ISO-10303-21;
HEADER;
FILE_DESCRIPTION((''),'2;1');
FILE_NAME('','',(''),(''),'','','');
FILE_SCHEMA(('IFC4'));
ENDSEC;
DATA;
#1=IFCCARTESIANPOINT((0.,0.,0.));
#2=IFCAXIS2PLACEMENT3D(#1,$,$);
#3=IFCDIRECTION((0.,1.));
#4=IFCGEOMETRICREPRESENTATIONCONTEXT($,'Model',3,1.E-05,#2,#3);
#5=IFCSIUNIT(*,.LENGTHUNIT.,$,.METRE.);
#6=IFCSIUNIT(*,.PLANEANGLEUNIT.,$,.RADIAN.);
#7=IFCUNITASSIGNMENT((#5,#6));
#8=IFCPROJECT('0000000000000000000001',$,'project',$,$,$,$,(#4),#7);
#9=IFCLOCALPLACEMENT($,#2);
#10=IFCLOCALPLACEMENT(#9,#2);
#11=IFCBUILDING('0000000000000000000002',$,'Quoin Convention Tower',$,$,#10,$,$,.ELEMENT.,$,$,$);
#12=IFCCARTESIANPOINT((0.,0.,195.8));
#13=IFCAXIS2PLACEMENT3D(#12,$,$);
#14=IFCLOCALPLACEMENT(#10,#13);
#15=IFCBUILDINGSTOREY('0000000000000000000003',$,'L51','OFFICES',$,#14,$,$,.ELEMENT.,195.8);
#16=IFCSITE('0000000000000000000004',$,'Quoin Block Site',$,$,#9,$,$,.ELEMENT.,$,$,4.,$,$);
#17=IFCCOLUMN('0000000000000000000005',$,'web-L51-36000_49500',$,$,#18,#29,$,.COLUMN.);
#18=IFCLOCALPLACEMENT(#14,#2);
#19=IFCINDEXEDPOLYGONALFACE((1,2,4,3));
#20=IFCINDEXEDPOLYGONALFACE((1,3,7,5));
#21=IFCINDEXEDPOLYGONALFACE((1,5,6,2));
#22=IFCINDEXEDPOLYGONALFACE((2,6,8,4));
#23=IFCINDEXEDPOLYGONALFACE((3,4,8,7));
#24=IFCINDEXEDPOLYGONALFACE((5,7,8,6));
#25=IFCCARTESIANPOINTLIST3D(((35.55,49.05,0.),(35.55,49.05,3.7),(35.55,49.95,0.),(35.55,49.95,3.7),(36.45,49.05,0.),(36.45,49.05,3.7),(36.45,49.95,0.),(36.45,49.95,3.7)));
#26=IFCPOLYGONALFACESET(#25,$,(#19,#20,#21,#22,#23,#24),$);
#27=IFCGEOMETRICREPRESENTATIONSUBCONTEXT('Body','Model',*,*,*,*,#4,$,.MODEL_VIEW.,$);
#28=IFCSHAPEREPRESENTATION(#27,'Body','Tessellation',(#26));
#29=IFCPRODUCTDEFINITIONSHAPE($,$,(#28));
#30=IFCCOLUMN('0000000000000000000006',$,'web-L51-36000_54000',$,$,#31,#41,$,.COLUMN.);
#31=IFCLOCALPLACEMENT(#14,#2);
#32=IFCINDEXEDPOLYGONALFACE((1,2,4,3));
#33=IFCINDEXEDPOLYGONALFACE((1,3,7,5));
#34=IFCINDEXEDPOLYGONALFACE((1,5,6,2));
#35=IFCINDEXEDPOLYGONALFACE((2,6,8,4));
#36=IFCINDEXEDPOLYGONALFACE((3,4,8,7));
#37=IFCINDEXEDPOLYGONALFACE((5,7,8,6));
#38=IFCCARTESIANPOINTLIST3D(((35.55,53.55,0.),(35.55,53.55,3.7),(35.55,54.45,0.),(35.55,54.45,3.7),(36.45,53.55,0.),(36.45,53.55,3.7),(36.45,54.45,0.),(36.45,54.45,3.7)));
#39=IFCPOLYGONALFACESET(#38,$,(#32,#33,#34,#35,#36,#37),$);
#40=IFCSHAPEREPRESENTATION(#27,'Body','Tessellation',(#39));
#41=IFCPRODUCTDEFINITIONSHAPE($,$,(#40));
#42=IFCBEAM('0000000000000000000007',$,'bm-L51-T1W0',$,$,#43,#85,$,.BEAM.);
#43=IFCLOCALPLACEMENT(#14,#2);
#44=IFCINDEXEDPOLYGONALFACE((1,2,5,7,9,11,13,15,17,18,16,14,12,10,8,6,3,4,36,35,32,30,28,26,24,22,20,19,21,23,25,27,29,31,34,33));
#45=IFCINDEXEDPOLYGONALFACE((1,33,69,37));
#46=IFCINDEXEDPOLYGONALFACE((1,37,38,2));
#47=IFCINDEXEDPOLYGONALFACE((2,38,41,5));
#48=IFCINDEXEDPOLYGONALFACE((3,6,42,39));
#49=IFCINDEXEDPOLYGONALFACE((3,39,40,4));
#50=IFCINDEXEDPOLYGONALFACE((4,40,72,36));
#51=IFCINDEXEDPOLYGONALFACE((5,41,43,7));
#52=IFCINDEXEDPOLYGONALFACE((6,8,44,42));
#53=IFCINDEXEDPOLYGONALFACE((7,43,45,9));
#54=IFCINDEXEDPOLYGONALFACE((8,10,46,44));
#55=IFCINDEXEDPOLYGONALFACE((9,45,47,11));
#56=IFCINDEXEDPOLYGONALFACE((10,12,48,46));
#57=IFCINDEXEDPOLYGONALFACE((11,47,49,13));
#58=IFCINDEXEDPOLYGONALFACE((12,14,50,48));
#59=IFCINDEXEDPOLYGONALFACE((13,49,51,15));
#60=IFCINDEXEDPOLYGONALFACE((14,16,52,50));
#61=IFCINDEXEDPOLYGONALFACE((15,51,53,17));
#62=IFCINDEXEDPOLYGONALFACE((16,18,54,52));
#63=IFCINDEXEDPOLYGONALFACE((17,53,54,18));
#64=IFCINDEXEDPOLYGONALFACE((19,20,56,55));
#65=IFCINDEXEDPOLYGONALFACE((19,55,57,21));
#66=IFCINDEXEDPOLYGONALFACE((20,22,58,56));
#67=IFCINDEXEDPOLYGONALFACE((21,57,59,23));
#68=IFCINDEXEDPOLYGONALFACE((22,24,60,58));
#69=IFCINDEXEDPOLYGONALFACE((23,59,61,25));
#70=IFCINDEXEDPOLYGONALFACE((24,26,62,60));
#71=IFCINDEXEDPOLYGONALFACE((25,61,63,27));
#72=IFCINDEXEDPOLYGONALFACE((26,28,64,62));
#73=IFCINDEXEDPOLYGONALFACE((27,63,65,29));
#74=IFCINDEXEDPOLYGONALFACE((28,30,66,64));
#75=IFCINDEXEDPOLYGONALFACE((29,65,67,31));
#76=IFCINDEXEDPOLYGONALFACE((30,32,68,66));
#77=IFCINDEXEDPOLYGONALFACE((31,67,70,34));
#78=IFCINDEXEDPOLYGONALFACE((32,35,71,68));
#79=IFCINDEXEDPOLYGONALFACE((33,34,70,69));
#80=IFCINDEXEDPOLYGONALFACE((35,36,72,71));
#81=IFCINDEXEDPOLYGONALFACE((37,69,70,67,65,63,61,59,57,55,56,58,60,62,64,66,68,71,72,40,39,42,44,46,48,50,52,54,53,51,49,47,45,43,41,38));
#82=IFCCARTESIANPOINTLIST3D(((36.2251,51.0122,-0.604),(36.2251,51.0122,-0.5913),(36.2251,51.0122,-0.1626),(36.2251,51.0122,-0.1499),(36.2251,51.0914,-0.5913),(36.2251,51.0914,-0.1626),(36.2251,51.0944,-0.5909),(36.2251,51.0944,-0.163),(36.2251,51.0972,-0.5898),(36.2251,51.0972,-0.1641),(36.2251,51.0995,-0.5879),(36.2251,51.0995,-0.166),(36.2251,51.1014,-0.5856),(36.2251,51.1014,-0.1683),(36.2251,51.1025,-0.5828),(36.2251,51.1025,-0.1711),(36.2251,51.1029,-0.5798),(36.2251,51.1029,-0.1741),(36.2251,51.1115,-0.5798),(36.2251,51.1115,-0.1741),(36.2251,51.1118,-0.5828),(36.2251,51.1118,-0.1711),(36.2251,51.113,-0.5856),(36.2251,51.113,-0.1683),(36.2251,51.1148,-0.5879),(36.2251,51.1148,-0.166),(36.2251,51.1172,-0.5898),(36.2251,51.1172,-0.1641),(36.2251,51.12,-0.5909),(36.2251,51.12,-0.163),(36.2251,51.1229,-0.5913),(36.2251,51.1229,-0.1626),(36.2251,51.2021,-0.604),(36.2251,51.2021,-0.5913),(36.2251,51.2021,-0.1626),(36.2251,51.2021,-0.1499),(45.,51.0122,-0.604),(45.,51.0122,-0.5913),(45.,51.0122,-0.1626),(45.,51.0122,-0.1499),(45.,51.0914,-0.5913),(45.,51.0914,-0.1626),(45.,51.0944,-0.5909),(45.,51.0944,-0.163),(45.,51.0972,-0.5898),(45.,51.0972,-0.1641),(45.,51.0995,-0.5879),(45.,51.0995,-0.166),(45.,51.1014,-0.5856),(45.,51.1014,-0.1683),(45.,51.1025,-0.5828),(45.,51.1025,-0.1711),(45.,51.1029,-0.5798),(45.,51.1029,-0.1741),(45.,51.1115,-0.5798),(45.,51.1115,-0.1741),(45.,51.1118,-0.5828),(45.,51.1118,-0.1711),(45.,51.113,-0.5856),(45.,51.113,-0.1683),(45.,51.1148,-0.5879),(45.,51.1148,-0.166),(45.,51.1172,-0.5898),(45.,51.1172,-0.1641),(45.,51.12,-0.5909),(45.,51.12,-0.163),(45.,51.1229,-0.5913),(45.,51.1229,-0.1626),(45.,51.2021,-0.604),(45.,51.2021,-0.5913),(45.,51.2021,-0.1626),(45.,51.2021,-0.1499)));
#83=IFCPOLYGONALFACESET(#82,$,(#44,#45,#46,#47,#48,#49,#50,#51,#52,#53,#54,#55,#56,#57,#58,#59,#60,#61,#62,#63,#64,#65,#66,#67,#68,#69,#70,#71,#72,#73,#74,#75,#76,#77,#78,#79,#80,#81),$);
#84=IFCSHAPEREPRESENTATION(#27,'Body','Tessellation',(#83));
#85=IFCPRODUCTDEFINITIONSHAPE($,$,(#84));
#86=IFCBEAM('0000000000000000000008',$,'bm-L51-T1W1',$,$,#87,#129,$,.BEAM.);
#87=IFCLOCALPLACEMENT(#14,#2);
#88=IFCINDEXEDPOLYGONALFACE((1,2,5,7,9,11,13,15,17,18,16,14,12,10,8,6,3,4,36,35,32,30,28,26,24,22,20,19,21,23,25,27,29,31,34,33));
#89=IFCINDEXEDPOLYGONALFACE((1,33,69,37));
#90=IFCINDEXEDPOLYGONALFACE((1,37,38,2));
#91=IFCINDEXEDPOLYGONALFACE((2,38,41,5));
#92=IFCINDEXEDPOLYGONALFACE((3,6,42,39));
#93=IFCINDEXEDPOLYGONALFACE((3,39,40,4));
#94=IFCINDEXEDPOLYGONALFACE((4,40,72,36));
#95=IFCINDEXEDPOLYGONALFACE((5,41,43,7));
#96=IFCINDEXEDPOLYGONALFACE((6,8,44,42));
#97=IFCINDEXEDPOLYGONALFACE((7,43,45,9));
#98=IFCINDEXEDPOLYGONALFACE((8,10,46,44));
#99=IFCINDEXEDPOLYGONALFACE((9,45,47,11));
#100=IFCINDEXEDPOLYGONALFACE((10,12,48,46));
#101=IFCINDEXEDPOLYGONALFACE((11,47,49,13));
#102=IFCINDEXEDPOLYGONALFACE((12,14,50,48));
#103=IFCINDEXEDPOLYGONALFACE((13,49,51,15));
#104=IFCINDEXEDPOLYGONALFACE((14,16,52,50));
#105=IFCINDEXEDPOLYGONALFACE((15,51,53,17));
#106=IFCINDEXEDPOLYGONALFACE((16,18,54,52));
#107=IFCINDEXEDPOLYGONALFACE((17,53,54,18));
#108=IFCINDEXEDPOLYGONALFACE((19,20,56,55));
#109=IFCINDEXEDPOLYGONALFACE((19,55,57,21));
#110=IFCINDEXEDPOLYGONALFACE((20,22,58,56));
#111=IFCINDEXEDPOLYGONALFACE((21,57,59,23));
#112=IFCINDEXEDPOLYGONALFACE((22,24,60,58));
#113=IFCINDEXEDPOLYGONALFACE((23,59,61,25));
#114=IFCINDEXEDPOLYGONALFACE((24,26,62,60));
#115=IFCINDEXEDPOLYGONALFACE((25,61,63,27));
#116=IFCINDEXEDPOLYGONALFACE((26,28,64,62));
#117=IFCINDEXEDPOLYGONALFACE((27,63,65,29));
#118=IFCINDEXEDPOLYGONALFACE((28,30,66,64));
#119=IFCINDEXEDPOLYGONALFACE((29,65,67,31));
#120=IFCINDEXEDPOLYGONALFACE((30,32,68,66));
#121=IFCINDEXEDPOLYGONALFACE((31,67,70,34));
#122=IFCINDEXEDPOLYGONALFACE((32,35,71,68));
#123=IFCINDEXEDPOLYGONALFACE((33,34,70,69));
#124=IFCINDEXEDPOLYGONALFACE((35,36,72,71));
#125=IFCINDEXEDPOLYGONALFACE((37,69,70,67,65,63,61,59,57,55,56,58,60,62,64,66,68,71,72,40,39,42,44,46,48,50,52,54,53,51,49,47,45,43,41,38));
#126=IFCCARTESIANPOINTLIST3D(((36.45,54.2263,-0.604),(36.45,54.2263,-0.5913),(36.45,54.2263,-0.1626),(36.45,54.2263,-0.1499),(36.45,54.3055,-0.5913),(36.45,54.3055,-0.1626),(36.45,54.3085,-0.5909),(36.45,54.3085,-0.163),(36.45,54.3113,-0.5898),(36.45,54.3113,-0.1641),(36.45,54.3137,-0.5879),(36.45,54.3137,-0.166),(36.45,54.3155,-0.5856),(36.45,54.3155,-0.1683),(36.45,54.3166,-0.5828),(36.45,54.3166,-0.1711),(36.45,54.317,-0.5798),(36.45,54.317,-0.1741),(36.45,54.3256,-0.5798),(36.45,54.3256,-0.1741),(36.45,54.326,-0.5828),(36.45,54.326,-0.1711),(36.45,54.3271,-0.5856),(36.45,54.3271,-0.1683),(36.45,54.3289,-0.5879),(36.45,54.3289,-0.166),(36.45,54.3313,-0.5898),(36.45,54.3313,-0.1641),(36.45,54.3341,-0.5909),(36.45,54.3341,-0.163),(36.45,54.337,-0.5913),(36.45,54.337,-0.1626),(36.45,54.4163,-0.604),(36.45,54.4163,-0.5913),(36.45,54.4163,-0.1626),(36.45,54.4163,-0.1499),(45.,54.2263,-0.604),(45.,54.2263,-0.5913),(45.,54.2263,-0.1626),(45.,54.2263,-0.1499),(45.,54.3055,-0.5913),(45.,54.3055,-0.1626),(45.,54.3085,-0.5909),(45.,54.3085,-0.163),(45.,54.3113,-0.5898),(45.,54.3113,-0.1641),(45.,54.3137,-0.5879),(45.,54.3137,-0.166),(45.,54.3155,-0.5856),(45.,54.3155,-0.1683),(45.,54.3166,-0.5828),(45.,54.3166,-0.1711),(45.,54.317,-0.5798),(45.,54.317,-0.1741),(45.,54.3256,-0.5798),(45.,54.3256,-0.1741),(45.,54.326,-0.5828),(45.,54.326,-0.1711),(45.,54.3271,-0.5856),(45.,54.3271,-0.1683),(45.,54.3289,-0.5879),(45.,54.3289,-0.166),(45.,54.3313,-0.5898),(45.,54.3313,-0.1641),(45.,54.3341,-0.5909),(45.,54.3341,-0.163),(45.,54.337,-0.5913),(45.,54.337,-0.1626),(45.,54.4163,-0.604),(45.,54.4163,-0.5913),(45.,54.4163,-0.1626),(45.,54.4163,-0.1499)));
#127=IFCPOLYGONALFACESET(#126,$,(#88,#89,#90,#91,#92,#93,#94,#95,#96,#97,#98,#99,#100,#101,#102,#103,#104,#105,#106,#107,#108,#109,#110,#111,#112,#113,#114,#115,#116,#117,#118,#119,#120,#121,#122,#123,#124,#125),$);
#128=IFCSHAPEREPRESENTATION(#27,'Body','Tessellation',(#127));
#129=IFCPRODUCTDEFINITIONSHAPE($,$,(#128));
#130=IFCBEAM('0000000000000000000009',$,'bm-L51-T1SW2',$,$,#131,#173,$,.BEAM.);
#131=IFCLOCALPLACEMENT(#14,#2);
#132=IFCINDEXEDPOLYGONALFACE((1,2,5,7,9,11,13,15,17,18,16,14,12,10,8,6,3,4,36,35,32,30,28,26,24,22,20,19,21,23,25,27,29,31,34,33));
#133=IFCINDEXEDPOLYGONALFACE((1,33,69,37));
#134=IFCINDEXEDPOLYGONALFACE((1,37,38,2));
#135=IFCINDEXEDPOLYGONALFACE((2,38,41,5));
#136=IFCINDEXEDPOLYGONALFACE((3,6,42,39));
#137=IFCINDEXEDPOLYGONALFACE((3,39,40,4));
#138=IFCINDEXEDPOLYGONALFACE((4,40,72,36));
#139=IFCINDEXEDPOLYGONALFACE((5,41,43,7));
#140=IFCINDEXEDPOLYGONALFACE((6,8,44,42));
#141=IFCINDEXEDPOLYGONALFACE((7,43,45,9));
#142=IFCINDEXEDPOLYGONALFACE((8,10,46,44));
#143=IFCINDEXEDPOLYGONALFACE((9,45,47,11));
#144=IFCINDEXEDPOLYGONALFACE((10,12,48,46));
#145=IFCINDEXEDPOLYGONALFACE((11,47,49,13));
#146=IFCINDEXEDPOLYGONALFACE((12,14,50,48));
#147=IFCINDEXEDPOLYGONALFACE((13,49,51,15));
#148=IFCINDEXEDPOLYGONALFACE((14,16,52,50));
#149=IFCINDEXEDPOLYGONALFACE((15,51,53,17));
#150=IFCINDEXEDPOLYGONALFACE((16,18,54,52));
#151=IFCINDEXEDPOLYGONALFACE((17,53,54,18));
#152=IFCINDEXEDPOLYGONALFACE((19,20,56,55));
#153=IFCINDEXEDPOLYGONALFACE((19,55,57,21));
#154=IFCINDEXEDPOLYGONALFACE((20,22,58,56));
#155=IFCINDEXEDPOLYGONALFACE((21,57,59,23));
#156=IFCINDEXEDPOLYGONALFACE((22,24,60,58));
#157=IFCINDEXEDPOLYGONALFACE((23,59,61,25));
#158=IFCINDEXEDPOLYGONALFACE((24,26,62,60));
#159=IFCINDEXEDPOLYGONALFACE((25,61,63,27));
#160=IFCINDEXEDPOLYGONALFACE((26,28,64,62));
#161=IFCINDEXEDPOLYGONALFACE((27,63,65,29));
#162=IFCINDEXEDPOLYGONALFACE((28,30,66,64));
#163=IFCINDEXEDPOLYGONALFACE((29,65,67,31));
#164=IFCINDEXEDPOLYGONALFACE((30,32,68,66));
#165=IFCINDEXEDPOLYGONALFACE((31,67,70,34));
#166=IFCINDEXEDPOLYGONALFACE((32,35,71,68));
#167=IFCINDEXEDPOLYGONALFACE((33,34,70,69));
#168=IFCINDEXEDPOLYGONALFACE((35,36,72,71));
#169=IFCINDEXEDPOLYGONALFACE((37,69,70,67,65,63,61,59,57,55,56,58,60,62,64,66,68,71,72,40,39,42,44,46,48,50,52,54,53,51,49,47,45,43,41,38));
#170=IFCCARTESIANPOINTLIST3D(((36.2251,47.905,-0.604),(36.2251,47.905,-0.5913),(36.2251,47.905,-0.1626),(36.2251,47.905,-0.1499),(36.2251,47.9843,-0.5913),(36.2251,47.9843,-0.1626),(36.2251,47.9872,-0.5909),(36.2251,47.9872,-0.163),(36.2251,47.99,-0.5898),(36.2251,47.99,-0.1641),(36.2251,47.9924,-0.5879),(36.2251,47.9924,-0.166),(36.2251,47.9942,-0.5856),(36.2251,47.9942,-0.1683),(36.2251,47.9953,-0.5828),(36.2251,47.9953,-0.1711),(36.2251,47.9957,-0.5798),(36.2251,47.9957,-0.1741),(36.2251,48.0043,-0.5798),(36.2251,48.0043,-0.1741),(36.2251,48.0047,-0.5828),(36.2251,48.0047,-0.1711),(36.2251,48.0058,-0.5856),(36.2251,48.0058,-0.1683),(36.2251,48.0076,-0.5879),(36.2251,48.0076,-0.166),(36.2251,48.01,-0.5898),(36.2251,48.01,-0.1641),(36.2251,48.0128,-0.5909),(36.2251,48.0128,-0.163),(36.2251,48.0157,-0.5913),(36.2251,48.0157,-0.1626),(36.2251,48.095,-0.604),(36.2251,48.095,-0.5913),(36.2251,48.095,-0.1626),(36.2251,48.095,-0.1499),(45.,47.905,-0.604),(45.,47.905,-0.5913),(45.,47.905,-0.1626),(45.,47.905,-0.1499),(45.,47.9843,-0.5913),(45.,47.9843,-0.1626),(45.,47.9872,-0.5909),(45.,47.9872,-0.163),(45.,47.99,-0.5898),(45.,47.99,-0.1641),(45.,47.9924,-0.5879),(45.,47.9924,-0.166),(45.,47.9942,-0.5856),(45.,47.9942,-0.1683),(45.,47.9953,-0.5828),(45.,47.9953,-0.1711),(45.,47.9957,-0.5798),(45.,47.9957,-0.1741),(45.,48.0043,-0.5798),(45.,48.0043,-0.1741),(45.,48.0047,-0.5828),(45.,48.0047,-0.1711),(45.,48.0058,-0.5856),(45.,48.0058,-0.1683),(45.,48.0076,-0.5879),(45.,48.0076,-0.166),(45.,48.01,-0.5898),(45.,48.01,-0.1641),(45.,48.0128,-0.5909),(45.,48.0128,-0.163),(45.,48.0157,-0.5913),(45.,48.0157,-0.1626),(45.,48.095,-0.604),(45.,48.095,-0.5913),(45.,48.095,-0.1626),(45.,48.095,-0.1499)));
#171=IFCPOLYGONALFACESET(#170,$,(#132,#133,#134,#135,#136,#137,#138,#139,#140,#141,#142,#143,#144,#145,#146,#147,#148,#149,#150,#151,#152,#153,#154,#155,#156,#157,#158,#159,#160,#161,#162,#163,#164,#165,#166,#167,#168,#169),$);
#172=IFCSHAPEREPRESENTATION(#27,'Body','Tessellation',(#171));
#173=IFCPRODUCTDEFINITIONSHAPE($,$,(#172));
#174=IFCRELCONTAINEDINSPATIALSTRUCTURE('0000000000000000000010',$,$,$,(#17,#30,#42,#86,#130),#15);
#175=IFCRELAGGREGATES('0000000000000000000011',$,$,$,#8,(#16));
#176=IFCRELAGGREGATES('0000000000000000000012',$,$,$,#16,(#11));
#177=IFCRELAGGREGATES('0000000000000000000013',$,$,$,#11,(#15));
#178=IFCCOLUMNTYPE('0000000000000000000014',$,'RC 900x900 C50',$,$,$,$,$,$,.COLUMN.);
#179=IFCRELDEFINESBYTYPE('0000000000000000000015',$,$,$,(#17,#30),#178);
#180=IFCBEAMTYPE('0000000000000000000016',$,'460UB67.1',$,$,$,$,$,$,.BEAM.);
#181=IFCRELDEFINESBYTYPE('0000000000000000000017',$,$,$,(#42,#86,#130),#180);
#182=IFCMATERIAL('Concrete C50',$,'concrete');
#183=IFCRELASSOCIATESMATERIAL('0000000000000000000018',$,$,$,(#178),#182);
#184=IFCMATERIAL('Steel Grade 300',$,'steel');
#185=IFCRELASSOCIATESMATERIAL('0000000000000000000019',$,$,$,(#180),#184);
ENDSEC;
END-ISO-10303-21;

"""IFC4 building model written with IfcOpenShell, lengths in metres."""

from ifc_helpers import new_model, si_unit, direction, frame, origin, origin_2d, place, context, subcontext, project, spatial, rectangle, i_section, extrude, material, material_profile, profile_set, type_object, element, save


model = new_model("IFC4")

# Units and contexts
model_context = context("Model", 3, precision=1e-05, world=origin(), true_north=direction((0.0, 1.0)))
body_context = subcontext(model_context, "Body", "Model", "MODEL_VIEW")
ifc_project = project(units=[si_unit("LENGTHUNIT", "METRE"), si_unit("PLANEANGLEUNIT", "RADIAN")], contexts=[model_context])

# Site, building, storey
site_placement = place(None, origin())
site = spatial("IfcSite", under=ifc_project, at=site_placement, Name="Quoin Block Site", CompositionType="ELEMENT", RefElevation=4.0)
building_placement = place(site_placement, origin())
building = spatial("IfcBuilding", under=site, at=building_placement, Name="Quoin Convention Tower", CompositionType="ELEMENT")
storey_placement = place(building_placement, frame((0.0, 0.0, 195.8)))
storey = spatial("IfcBuildingStorey", under=building, at=storey_placement, Name="L51", Description="OFFICES", CompositionType="ELEMENT", Elevation=195.8)

# Columns
ifc_material_1 = material(Name="Concrete C50", Category="concrete")
ifc_material_profile_1 = material_profile(ifc_material_1, rectangle(XDim=0.8999, YDim=0.8999, at=origin_2d()), Name="RC 900x900")
ifc_profile_set_1 = profile_set([ifc_material_profile_1], Name="Concrete C50")
column_type = type_object("IfcColumnType", Name="RC 900x900 C50", PredefinedType="COLUMN", material=ifc_profile_set_1)
for number, where, z_axis, x_axis, name in (
    (1, (36.0, 49.5, 0.0), (0.0, 0.0, 1.0), (1.0, 0.0, 0.0), "web-L51-36000_49500"),
    (2, (36.0, 54.0, 0.0), (0.0, 0.0, 1.0), (1.0, 0.0, 0.0), "web-L51-36000_54000"),
):
    element("IfcColumn", number, at=place(storey_placement, frame(where, z_axis=z_axis, x_axis=x_axis)), inside=storey, type_object=column_type, Name=name, PredefinedType="COLUMN", context=body_context, shape_type="SweptSolid", body=[
        extrude(rectangle(XDim=0.8999, YDim=0.8999, at=origin_2d()), origin(), (0.0, 0.0, 1.0), 3.7),
    ])

# Beams
ifc_material_2 = material(Name="Steel Grade 300", Category="steel")
ifc_material_profile_2 = material_profile(ifc_material_2, i_section(OverallWidth=0.1899, OverallDepth=0.4541, WebThickness=0.0085, FlangeThickness=0.0127, FilletRadius=0.0115, at=origin_2d()), Name="460UB67.1")
ifc_profile_set_2 = profile_set([ifc_material_profile_2], Name="Steel Grade 300")
beam_type_1 = type_object("IfcBeamType", Name="460UB67.1", PredefinedType="BEAM", material=ifc_profile_set_2)
beam_1_placement = place(storey_placement, frame((36.2251, 51.1072, -0.377), z_axis=(1.0, 0.0, 0.0), x_axis=(0.0, 1.0, 0.0)))
element("IfcBeam", 3, at=beam_1_placement, inside=storey, type_object=beam_type_1, Name="bm-L51-T1W0", PredefinedType="BEAM", context=body_context, shape_type="SweptSolid", body=[
    extrude(i_section(OverallWidth=0.1899, OverallDepth=0.4541, WebThickness=0.0085, FlangeThickness=0.0127, FilletRadius=0.0115, at=origin_2d()), origin(), (0.0, 0.0, 1.0), 8.7749),
])
beam_2_placement = place(storey_placement, frame((36.45, 54.3213, -0.377), z_axis=(1.0, 0.0, 0.0), x_axis=(0.0, 1.0, 0.0)))
element("IfcBeam", 4, at=beam_2_placement, inside=storey, type_object=beam_type_1, Name="bm-L51-T1W1", PredefinedType="BEAM", context=body_context, shape_type="SweptSolid", body=[
    extrude(i_section(OverallWidth=0.1899, OverallDepth=0.4541, WebThickness=0.0085, FlangeThickness=0.0127, FilletRadius=0.0115, at=origin_2d()), origin(), (0.0, 0.0, 1.0), 8.55),
])
beam_3_placement = place(storey_placement, frame((36.2251, 48.0, -0.377), z_axis=(1.0, 0.0, 0.0), x_axis=(0.0, 1.0, 0.0)))
element("IfcBeam", 5, at=beam_3_placement, inside=storey, type_object=beam_type_1, Name="bm-L51-T1SW2", PredefinedType="BEAM", context=body_context, shape_type="SweptSolid", body=[
    extrude(i_section(OverallWidth=0.1899, OverallDepth=0.4541, WebThickness=0.0085, FlangeThickness=0.0127, FilletRadius=0.0115, at=origin_2d()), origin(), (0.0, 0.0, 1.0), 8.7749),
])

save(model, "model.ifc")
